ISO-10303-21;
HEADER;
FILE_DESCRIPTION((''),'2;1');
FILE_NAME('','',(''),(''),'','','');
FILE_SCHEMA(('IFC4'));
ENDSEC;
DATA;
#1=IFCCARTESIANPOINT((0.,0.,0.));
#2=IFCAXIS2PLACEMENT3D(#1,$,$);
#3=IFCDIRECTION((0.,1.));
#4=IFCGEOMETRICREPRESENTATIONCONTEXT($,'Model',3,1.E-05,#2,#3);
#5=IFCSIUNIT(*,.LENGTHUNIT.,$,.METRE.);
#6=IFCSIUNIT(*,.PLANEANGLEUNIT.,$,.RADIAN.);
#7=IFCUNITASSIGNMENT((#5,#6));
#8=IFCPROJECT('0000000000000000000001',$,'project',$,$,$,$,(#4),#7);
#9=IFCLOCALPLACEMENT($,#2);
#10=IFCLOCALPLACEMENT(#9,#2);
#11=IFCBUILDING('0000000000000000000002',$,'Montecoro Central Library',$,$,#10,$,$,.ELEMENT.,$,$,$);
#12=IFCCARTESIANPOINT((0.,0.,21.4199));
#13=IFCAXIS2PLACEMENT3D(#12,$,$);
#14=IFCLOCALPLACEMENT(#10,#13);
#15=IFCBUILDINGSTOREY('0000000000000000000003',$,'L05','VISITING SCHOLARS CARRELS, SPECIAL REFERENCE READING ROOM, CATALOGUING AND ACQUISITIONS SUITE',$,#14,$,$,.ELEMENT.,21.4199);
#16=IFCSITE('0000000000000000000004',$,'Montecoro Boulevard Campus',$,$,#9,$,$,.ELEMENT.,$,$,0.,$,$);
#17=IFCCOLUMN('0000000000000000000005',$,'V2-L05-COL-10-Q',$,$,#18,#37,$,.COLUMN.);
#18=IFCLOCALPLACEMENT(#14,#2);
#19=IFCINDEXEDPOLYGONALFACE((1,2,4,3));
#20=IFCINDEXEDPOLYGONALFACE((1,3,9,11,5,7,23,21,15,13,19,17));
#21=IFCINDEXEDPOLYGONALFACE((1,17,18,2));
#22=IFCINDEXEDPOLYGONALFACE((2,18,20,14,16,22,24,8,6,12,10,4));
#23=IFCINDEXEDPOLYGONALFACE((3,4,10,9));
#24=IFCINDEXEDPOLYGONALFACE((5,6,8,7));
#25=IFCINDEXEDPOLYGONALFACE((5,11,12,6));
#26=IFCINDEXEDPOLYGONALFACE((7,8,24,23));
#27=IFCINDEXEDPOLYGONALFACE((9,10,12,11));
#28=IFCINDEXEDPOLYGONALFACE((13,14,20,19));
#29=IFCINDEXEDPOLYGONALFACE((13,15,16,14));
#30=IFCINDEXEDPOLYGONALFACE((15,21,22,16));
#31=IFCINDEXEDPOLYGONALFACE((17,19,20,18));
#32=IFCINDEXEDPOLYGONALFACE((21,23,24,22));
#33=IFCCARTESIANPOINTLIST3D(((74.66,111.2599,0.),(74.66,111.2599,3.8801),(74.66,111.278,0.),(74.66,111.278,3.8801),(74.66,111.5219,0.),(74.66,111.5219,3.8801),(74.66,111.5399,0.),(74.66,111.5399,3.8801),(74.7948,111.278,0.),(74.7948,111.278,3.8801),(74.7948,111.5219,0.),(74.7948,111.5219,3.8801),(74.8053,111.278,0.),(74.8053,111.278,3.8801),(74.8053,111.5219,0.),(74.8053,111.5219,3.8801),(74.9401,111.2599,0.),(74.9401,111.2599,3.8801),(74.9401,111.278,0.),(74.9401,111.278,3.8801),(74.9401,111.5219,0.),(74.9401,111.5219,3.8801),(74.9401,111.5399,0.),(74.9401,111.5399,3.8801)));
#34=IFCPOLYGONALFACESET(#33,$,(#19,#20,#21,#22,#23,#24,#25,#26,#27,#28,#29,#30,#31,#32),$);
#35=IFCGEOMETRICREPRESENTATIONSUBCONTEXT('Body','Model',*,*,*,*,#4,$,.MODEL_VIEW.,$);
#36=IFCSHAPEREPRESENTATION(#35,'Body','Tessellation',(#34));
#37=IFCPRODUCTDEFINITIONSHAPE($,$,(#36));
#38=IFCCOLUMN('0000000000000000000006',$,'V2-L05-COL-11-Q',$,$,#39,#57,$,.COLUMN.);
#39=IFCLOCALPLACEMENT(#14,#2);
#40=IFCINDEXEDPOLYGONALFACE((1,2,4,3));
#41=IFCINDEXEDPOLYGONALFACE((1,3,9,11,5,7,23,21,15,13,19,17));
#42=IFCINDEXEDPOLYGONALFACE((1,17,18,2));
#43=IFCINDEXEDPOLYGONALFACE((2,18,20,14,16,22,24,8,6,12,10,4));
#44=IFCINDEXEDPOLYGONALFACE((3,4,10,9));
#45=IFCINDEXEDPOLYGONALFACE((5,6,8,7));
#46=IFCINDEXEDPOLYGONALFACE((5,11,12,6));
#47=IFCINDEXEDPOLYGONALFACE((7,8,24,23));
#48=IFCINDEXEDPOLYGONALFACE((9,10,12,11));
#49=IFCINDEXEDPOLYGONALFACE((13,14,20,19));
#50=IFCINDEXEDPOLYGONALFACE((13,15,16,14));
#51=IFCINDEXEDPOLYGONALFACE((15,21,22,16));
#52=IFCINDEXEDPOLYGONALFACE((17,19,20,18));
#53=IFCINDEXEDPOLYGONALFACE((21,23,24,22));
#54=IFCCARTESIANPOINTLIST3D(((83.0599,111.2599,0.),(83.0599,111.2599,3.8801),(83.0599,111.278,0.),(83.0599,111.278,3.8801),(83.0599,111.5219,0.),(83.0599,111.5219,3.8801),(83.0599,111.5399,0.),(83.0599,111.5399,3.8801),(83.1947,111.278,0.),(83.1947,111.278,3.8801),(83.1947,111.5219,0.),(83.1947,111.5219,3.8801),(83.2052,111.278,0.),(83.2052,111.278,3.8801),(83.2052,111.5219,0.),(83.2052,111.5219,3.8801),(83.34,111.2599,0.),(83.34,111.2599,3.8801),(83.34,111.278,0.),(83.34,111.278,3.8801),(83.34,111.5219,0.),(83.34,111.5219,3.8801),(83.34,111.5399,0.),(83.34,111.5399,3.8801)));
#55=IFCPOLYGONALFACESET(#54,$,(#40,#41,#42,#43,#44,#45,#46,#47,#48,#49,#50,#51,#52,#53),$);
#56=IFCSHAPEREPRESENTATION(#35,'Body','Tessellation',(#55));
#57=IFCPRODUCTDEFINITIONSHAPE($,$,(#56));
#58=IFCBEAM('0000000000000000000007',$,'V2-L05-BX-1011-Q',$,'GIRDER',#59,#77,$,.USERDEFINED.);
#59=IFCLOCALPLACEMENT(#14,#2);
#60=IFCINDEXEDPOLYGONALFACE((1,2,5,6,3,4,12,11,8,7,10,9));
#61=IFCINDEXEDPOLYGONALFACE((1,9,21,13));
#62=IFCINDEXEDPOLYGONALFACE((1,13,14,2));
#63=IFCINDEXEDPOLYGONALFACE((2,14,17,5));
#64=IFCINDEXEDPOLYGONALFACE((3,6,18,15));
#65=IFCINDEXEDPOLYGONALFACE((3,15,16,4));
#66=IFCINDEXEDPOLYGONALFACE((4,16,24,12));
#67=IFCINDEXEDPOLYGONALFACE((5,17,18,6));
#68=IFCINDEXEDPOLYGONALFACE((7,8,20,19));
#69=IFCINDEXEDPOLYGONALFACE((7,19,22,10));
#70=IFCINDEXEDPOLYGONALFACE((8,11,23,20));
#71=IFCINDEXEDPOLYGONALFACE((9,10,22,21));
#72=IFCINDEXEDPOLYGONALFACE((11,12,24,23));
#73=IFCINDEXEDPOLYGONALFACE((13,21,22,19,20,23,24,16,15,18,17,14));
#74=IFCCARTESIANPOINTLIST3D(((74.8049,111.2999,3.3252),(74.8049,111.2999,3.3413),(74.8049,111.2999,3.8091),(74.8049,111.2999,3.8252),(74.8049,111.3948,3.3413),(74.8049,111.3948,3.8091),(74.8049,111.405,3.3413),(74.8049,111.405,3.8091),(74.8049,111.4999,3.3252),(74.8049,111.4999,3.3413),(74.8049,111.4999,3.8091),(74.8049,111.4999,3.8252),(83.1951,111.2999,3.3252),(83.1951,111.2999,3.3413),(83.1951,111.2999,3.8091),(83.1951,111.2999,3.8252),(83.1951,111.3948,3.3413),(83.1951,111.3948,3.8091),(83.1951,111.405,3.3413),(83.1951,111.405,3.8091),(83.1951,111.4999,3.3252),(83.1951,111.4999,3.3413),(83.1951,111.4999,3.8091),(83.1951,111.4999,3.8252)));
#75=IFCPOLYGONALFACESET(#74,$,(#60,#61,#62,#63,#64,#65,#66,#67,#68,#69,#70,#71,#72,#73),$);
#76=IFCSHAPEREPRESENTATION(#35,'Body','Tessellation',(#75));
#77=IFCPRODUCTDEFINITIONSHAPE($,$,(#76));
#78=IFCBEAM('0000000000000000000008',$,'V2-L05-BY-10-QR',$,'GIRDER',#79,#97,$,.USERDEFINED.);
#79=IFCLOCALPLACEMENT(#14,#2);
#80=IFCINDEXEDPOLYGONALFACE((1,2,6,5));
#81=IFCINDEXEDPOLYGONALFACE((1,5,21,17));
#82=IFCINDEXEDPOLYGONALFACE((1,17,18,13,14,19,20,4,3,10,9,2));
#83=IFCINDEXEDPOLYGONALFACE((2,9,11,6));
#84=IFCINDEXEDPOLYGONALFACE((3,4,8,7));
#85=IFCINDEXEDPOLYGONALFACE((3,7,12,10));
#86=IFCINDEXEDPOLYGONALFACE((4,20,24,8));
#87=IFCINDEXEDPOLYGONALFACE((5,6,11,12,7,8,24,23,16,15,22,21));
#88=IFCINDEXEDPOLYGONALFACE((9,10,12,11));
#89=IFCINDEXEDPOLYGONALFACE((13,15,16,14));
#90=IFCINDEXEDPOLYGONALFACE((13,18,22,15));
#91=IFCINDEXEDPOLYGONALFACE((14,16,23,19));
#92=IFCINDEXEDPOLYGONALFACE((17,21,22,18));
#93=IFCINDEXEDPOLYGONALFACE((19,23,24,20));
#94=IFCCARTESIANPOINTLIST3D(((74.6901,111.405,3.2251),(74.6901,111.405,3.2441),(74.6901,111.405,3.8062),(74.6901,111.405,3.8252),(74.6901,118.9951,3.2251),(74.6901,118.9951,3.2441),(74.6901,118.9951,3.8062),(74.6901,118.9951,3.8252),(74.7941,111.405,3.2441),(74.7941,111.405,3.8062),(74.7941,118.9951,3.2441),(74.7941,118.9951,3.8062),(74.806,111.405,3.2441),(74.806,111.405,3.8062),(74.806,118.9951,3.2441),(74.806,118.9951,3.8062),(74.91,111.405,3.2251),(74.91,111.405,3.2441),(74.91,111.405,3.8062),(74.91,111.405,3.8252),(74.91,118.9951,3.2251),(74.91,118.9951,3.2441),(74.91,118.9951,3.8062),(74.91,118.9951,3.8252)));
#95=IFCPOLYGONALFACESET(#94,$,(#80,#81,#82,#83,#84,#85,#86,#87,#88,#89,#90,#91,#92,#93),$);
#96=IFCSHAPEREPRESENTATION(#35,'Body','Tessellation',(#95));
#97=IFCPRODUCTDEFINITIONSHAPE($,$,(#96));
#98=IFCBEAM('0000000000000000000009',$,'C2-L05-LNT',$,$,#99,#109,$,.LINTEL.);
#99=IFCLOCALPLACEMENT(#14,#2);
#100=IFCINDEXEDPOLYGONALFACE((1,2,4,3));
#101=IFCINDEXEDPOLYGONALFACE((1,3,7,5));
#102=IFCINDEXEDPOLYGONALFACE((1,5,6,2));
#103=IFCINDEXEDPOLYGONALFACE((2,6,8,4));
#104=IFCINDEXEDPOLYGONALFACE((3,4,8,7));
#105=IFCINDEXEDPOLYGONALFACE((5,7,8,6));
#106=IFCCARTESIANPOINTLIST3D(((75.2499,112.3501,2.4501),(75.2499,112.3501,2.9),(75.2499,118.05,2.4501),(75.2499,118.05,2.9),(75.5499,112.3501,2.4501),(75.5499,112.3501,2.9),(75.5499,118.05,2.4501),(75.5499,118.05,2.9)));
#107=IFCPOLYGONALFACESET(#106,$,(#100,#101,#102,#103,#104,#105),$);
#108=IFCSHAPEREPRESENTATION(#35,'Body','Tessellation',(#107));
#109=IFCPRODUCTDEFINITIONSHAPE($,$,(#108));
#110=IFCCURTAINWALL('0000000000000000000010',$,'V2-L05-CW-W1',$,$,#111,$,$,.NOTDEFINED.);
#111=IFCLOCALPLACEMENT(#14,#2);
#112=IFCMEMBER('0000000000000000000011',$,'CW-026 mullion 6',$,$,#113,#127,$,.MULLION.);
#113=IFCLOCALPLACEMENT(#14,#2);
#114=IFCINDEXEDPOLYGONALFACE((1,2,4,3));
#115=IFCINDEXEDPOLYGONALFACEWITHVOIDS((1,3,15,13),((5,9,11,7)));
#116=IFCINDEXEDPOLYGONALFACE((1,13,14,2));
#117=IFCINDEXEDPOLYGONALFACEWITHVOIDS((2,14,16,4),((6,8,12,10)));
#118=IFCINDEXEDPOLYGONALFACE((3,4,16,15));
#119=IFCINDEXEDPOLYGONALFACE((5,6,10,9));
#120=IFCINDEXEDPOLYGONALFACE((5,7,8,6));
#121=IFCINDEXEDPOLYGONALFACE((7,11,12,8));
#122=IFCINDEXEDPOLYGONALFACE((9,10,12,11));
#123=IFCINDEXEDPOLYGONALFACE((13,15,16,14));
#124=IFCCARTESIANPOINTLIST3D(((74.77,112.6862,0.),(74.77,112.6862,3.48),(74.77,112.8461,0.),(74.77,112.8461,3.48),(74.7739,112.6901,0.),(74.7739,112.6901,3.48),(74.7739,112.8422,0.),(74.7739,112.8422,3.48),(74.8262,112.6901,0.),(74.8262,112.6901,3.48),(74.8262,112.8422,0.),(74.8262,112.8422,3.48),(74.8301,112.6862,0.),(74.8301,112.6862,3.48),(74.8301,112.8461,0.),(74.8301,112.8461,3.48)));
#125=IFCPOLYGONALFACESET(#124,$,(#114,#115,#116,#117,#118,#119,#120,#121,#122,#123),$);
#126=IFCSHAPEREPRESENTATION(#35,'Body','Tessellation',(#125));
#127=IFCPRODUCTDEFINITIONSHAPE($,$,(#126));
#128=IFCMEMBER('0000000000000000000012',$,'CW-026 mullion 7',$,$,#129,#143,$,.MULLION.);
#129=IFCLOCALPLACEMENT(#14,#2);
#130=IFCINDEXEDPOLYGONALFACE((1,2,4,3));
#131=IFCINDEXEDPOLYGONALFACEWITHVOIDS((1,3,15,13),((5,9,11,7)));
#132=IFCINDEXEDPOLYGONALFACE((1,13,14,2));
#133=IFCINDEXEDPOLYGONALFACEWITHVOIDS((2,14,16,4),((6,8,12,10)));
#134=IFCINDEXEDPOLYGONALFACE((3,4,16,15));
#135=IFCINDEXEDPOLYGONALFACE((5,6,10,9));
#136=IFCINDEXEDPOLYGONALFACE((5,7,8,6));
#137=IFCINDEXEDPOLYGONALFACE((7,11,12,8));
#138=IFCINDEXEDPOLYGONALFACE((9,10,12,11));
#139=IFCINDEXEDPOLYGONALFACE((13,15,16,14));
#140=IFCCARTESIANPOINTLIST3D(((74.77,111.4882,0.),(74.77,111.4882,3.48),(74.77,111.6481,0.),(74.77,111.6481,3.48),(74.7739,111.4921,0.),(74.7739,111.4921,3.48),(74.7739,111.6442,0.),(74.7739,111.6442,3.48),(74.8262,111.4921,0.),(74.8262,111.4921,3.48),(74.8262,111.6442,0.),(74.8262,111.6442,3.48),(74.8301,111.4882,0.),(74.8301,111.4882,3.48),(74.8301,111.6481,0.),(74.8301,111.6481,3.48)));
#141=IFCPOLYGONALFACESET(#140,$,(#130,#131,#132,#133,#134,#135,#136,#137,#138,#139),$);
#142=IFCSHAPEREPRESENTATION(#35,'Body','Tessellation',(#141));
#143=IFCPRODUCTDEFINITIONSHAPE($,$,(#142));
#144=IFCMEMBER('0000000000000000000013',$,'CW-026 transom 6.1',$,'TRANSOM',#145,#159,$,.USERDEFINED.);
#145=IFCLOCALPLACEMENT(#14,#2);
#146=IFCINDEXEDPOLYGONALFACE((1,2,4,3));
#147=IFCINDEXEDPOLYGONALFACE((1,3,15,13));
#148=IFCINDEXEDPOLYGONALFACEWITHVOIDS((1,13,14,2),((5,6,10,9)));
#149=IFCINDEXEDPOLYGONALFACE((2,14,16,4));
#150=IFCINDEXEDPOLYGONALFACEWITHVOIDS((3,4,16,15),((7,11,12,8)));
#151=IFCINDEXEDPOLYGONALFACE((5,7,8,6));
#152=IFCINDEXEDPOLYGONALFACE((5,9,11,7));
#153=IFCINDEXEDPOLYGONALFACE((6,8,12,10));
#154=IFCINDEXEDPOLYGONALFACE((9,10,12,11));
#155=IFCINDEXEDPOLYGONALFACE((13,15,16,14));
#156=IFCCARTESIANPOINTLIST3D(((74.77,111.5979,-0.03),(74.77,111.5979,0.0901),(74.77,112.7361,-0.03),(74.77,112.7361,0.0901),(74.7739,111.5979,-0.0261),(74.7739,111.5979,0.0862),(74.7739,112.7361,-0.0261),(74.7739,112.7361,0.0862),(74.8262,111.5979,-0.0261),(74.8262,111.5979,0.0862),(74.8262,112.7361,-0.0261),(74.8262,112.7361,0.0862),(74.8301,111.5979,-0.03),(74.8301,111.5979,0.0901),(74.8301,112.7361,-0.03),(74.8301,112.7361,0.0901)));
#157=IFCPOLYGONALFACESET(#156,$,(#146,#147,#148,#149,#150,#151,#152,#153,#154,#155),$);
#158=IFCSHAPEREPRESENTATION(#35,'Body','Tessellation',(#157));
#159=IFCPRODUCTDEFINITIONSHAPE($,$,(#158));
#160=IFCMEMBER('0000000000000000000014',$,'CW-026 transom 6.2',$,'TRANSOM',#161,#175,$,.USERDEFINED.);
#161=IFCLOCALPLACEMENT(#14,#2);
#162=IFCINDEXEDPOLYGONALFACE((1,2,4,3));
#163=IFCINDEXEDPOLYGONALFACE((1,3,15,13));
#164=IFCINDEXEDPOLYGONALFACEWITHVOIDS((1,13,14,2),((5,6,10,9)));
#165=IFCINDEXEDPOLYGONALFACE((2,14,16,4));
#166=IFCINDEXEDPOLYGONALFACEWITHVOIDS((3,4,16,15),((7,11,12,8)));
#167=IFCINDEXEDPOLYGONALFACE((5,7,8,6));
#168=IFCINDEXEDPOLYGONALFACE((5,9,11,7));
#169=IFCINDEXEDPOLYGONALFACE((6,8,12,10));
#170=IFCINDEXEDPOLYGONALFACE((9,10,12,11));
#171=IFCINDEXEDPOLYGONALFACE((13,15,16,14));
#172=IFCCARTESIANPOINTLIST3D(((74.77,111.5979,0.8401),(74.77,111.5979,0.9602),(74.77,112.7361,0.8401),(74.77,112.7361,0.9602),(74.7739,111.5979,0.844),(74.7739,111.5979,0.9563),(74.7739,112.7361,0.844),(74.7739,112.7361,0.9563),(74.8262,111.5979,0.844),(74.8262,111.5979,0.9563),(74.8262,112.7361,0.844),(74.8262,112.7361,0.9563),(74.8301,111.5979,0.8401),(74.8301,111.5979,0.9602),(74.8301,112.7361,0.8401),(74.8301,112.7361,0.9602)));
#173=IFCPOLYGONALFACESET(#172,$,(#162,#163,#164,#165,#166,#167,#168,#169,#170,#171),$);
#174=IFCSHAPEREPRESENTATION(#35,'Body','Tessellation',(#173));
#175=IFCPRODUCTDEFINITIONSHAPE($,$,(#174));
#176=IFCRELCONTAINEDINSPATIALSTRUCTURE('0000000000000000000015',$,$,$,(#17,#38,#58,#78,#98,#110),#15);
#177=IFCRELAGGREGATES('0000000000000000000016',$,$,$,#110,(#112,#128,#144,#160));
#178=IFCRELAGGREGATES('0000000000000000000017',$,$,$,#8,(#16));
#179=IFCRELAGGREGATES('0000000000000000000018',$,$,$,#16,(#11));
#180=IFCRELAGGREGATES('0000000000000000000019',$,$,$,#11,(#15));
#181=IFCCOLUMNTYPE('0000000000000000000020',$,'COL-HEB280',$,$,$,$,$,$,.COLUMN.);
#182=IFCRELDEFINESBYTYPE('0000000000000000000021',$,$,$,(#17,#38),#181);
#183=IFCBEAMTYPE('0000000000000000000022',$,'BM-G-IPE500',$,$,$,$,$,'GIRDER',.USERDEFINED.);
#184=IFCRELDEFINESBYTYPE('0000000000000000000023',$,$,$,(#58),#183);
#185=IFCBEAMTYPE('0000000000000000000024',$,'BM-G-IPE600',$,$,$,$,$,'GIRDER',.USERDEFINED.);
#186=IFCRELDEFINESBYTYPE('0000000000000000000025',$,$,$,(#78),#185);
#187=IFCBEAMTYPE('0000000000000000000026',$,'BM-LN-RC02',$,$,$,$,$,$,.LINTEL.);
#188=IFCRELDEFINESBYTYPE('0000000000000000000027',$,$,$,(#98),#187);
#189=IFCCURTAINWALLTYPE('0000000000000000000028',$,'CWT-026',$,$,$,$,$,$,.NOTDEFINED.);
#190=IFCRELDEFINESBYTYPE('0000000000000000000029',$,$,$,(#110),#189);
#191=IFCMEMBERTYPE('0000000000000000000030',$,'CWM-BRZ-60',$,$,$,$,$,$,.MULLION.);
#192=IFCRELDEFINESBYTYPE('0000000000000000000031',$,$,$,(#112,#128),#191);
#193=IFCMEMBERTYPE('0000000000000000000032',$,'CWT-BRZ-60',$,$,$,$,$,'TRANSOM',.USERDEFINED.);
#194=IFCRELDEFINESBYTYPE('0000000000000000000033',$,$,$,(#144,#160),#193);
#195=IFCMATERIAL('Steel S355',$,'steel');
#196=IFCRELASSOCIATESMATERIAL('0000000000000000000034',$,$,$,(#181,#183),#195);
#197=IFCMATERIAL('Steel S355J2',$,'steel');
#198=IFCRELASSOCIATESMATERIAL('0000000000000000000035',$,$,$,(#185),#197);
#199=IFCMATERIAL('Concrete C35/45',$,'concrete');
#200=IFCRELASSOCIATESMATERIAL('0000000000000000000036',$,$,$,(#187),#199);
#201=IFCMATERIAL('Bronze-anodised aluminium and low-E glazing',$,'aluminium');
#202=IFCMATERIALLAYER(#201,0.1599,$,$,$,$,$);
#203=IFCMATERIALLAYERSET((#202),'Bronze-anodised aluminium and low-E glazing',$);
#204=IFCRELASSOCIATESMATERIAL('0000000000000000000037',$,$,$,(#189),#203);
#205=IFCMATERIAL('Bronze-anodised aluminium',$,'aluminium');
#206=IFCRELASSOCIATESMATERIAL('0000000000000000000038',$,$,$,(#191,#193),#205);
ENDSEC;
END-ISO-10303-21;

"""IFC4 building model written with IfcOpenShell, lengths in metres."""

from ifc_helpers import new_model, si_unit, direction, frame, origin, origin_2d, place, context, subcontext, project, spatial, rectangle, hollow_rectangle, i_section, extrude, material, layer, layer_set, material_profile, profile_set, type_object, element, aggregate, save


model = new_model("IFC4")

# Units and contexts
model_context = context("Model", 3, precision=1e-05, world=origin(), true_north=direction((0.0, 1.0)))
body_context = subcontext(model_context, "Body", "Model", "MODEL_VIEW")
ifc_project = project(units=[si_unit("LENGTHUNIT", "METRE"), si_unit("PLANEANGLEUNIT", "RADIAN")], contexts=[model_context])

# Site, building, storey
site_placement = place(None, origin())
site = spatial("IfcSite", under=ifc_project, at=site_placement, Name="Montecoro Boulevard Campus", CompositionType="ELEMENT", RefElevation=0.0)
building_placement = place(site_placement, origin())
building = spatial("IfcBuilding", under=site, at=building_placement, Name="Montecoro Central Library", CompositionType="ELEMENT")
storey_placement = place(building_placement, frame((0.0, 0.0, 21.4199)))
storey = spatial("IfcBuildingStorey", under=building, at=storey_placement, Name="L05", Description="VISITING SCHOLARS CARRELS, SPECIAL REFERENCE READING ROOM, CATALOGUING AND ACQUISITIONS SUITE", CompositionType="ELEMENT", Elevation=21.4199)

# Columns
ifc_material_1 = material(Name="Steel S355", Category="steel")
ifc_material_profile_1 = material_profile(ifc_material_1, i_section(OverallWidth=0.28, OverallDepth=0.28, WebThickness=0.0105, FlangeThickness=0.0181, at=origin_2d()), Name="HEB 280")
ifc_profile_set_1 = profile_set([ifc_material_profile_1], Name="Steel S355")
column_type = type_object("IfcColumnType", Name="COL-HEB280", PredefinedType="COLUMN", material=ifc_profile_set_1)
for number, where, z_axis, x_axis, name in (
    (1, (74.8, 111.3999, 0.0), (0.0, 0.0, 1.0), (1.0, 0.0, 0.0), "V2-L05-COL-10-Q"),
    (2, (83.2, 111.3999, 0.0), (0.0, 0.0, 1.0), (1.0, 0.0, 0.0), "V2-L05-COL-11-Q"),
):
    element("IfcColumn", number, at=place(storey_placement, frame(where, z_axis=z_axis, x_axis=x_axis)), inside=storey, type_object=column_type, Name=name, PredefinedType="COLUMN", context=body_context, shape_type="SweptSolid", body=[
        extrude(i_section(OverallWidth=0.28, OverallDepth=0.28, WebThickness=0.0105, FlangeThickness=0.0181, at=origin_2d()), origin(), (0.0, 0.0, 1.0), 3.8801),
    ])

# Beams
ifc_material_profile_2 = material_profile(ifc_material_1, i_section(OverallWidth=0.2, OverallDepth=0.5, WebThickness=0.0103, FlangeThickness=0.0161, at=origin_2d()), Name="IPE 500")
ifc_profile_set_2 = profile_set([ifc_material_profile_2], Name="Steel S355")
beam_type_1 = type_object("IfcBeamType", Name="BM-G-IPE500", ElementType="GIRDER", PredefinedType="USERDEFINED", material=ifc_profile_set_2)
beam_1_placement = place(storey_placement, frame((74.8049, 111.3999, 3.5752), z_axis=(1.0, 0.0, 0.0), x_axis=(0.0, 1.0, 0.0)))
element("IfcBeam", 3, at=beam_1_placement, inside=storey, type_object=beam_type_1, Name="V2-L05-BX-1011-Q", ObjectType="GIRDER", PredefinedType="USERDEFINED", context=body_context, shape_type="SweptSolid", body=[
    extrude(i_section(OverallWidth=0.2, OverallDepth=0.5, WebThickness=0.0103, FlangeThickness=0.0161, at=origin_2d()), origin(), (0.0, 0.0, 1.0), 8.3901),
])
ifc_material_2 = material(Name="Steel S355J2", Category="steel")
ifc_material_profile_3 = material_profile(ifc_material_2, i_section(OverallWidth=0.22, OverallDepth=0.6001, WebThickness=0.012, FlangeThickness=0.019, at=origin_2d()), Name="IPE 600")
ifc_profile_set_3 = profile_set([ifc_material_profile_3], Name="Steel S355J2")
beam_type_2 = type_object("IfcBeamType", Name="BM-G-IPE600", ElementType="GIRDER", PredefinedType="USERDEFINED", material=ifc_profile_set_3)
beam_2_placement = place(storey_placement, frame((74.8, 111.405, 3.5251), z_axis=(0.0, 1.0, 0.0), x_axis=(-1.0, 0.0, 0.0)))
element("IfcBeam", 4, at=beam_2_placement, inside=storey, type_object=beam_type_2, Name="V2-L05-BY-10-QR", ObjectType="GIRDER", PredefinedType="USERDEFINED", context=body_context, shape_type="SweptSolid", body=[
    extrude(i_section(OverallWidth=0.22, OverallDepth=0.6001, WebThickness=0.012, FlangeThickness=0.019, at=origin_2d()), origin(), (0.0, 0.0, 1.0), 7.5901),
])
ifc_material_3 = material(Name="Concrete C35/45", Category="concrete")
ifc_material_profile_4 = material_profile(ifc_material_3, rectangle(XDim=0.3, YDim=0.45, at=origin_2d()), Name="RC LNT 450x300")
ifc_profile_set_4 = profile_set([ifc_material_profile_4], Name="Concrete C35/45")
beam_type_3 = type_object("IfcBeamType", Name="BM-LN-RC02", PredefinedType="LINTEL", material=ifc_profile_set_4)
beam_3_placement = place(storey_placement, frame((75.3999, 112.3501, 2.675), z_axis=(0.0, 1.0, 0.0), x_axis=(-1.0, 0.0, 0.0)))
element("IfcBeam", 5, at=beam_3_placement, inside=storey, type_object=beam_type_3, Name="C2-L05-LNT", PredefinedType="LINTEL", context=body_context, shape_type="SweptSolid", body=[
    extrude(rectangle(XDim=0.3, YDim=0.45, at=origin_2d()), origin(), (0.0, 0.0, 1.0), 5.7),
])

# Curtain wall, members
ifc_material_4 = material(Name="Bronze-anodised aluminium and low-E glazing", Category="aluminium")
ifc_layer_1 = layer(ifc_material_4, 0.1599)
ifc_layer_set_1 = layer_set([ifc_layer_1], Name="Bronze-anodised aluminium and low-E glazing")
curtain_wall_type = type_object("IfcCurtainWallType", Name="CWT-026", PredefinedType="NOTDEFINED", material=ifc_layer_set_1)
curtain_wall_placement = place(storey_placement, origin())
curtain_wall = element("IfcCurtainWall", 6, at=curtain_wall_placement, inside=storey, type_object=curtain_wall_type, Name="V2-L05-CW-W1", PredefinedType="NOTDEFINED")
ifc_material_5 = material(Name="Bronze-anodised aluminium", Category="aluminium")
ifc_material_profile_5 = material_profile(ifc_material_5, hollow_rectangle(XDim=0.0601, YDim=0.1599, WallThickness=0.0039, at=origin_2d()), Name="CWM 160x60x4.0")
ifc_profile_set_5 = profile_set([ifc_material_profile_5], Name="Bronze-anodised aluminium")
member_type_1 = type_object("IfcMemberType", Name="CWM-BRZ-60", PredefinedType="MULLION", material=ifc_profile_set_5)
member_1_placement = place(storey_placement, frame((74.8, 112.7661, 0.0), z_axis=(0.0, 0.0, 1.0), x_axis=(1.0, 0.0, 0.0)))
member_1 = element("IfcMember", 7, at=member_1_placement, type_object=member_type_1, Name="CW-026 mullion 6", PredefinedType="MULLION", context=body_context, shape_type="SweptSolid", body=[
    extrude(hollow_rectangle(XDim=0.0601, YDim=0.1599, WallThickness=0.0039, at=origin_2d()), origin(), (0.0, 0.0, 1.0), 3.48),
])
member_2_placement = place(storey_placement, frame((74.8, 111.5681, 0.0), z_axis=(0.0, 0.0, 1.0), x_axis=(1.0, 0.0, 0.0)))
member_2 = element("IfcMember", 8, at=member_2_placement, type_object=member_type_1, Name="CW-026 mullion 7", PredefinedType="MULLION", context=body_context, shape_type="SweptSolid", body=[
    extrude(hollow_rectangle(XDim=0.0601, YDim=0.1599, WallThickness=0.0039, at=origin_2d()), origin(), (0.0, 0.0, 1.0), 3.48),
])
ifc_material_profile_6 = material_profile(ifc_material_5, hollow_rectangle(XDim=0.0601, YDim=0.1201, WallThickness=0.0039, at=origin_2d()), Name="CWT 120x60x4.0")
ifc_profile_set_6 = profile_set([ifc_material_profile_6], Name="Bronze-anodised aluminium")
member_type_2 = type_object("IfcMemberType", Name="CWT-BRZ-60", ElementType="TRANSOM", PredefinedType="USERDEFINED", material=ifc_profile_set_6)
member_3_placement = place(storey_placement, frame((74.8, 112.7361, 0.03), z_axis=(0.0, -1.0, 0.0), x_axis=(1.0, 0.0, 0.0)))
member_3 = element("IfcMember", 9, at=member_3_placement, type_object=member_type_2, Name="CW-026 transom 6.1", ObjectType="TRANSOM", PredefinedType="USERDEFINED", context=body_context, shape_type="SweptSolid", body=[
    extrude(hollow_rectangle(XDim=0.0601, YDim=0.1201, WallThickness=0.0039, at=origin_2d()), origin(), (0.0, 0.0, 1.0), 1.1382),
])
member_4_placement = place(storey_placement, frame((74.8, 112.7361, 0.9001), z_axis=(0.0, -1.0, 0.0), x_axis=(1.0, 0.0, 0.0)))
member_4 = element("IfcMember", 10, at=member_4_placement, type_object=member_type_2, Name="CW-026 transom 6.2", ObjectType="TRANSOM", PredefinedType="USERDEFINED", context=body_context, shape_type="SweptSolid", body=[
    extrude(hollow_rectangle(XDim=0.0601, YDim=0.1201, WallThickness=0.0039, at=origin_2d()), origin(), (0.0, 0.0, 1.0), 1.1382),
])
aggregate(curtain_wall, [member_1, member_2, member_3, member_4])

save(model, "model.ifc")
